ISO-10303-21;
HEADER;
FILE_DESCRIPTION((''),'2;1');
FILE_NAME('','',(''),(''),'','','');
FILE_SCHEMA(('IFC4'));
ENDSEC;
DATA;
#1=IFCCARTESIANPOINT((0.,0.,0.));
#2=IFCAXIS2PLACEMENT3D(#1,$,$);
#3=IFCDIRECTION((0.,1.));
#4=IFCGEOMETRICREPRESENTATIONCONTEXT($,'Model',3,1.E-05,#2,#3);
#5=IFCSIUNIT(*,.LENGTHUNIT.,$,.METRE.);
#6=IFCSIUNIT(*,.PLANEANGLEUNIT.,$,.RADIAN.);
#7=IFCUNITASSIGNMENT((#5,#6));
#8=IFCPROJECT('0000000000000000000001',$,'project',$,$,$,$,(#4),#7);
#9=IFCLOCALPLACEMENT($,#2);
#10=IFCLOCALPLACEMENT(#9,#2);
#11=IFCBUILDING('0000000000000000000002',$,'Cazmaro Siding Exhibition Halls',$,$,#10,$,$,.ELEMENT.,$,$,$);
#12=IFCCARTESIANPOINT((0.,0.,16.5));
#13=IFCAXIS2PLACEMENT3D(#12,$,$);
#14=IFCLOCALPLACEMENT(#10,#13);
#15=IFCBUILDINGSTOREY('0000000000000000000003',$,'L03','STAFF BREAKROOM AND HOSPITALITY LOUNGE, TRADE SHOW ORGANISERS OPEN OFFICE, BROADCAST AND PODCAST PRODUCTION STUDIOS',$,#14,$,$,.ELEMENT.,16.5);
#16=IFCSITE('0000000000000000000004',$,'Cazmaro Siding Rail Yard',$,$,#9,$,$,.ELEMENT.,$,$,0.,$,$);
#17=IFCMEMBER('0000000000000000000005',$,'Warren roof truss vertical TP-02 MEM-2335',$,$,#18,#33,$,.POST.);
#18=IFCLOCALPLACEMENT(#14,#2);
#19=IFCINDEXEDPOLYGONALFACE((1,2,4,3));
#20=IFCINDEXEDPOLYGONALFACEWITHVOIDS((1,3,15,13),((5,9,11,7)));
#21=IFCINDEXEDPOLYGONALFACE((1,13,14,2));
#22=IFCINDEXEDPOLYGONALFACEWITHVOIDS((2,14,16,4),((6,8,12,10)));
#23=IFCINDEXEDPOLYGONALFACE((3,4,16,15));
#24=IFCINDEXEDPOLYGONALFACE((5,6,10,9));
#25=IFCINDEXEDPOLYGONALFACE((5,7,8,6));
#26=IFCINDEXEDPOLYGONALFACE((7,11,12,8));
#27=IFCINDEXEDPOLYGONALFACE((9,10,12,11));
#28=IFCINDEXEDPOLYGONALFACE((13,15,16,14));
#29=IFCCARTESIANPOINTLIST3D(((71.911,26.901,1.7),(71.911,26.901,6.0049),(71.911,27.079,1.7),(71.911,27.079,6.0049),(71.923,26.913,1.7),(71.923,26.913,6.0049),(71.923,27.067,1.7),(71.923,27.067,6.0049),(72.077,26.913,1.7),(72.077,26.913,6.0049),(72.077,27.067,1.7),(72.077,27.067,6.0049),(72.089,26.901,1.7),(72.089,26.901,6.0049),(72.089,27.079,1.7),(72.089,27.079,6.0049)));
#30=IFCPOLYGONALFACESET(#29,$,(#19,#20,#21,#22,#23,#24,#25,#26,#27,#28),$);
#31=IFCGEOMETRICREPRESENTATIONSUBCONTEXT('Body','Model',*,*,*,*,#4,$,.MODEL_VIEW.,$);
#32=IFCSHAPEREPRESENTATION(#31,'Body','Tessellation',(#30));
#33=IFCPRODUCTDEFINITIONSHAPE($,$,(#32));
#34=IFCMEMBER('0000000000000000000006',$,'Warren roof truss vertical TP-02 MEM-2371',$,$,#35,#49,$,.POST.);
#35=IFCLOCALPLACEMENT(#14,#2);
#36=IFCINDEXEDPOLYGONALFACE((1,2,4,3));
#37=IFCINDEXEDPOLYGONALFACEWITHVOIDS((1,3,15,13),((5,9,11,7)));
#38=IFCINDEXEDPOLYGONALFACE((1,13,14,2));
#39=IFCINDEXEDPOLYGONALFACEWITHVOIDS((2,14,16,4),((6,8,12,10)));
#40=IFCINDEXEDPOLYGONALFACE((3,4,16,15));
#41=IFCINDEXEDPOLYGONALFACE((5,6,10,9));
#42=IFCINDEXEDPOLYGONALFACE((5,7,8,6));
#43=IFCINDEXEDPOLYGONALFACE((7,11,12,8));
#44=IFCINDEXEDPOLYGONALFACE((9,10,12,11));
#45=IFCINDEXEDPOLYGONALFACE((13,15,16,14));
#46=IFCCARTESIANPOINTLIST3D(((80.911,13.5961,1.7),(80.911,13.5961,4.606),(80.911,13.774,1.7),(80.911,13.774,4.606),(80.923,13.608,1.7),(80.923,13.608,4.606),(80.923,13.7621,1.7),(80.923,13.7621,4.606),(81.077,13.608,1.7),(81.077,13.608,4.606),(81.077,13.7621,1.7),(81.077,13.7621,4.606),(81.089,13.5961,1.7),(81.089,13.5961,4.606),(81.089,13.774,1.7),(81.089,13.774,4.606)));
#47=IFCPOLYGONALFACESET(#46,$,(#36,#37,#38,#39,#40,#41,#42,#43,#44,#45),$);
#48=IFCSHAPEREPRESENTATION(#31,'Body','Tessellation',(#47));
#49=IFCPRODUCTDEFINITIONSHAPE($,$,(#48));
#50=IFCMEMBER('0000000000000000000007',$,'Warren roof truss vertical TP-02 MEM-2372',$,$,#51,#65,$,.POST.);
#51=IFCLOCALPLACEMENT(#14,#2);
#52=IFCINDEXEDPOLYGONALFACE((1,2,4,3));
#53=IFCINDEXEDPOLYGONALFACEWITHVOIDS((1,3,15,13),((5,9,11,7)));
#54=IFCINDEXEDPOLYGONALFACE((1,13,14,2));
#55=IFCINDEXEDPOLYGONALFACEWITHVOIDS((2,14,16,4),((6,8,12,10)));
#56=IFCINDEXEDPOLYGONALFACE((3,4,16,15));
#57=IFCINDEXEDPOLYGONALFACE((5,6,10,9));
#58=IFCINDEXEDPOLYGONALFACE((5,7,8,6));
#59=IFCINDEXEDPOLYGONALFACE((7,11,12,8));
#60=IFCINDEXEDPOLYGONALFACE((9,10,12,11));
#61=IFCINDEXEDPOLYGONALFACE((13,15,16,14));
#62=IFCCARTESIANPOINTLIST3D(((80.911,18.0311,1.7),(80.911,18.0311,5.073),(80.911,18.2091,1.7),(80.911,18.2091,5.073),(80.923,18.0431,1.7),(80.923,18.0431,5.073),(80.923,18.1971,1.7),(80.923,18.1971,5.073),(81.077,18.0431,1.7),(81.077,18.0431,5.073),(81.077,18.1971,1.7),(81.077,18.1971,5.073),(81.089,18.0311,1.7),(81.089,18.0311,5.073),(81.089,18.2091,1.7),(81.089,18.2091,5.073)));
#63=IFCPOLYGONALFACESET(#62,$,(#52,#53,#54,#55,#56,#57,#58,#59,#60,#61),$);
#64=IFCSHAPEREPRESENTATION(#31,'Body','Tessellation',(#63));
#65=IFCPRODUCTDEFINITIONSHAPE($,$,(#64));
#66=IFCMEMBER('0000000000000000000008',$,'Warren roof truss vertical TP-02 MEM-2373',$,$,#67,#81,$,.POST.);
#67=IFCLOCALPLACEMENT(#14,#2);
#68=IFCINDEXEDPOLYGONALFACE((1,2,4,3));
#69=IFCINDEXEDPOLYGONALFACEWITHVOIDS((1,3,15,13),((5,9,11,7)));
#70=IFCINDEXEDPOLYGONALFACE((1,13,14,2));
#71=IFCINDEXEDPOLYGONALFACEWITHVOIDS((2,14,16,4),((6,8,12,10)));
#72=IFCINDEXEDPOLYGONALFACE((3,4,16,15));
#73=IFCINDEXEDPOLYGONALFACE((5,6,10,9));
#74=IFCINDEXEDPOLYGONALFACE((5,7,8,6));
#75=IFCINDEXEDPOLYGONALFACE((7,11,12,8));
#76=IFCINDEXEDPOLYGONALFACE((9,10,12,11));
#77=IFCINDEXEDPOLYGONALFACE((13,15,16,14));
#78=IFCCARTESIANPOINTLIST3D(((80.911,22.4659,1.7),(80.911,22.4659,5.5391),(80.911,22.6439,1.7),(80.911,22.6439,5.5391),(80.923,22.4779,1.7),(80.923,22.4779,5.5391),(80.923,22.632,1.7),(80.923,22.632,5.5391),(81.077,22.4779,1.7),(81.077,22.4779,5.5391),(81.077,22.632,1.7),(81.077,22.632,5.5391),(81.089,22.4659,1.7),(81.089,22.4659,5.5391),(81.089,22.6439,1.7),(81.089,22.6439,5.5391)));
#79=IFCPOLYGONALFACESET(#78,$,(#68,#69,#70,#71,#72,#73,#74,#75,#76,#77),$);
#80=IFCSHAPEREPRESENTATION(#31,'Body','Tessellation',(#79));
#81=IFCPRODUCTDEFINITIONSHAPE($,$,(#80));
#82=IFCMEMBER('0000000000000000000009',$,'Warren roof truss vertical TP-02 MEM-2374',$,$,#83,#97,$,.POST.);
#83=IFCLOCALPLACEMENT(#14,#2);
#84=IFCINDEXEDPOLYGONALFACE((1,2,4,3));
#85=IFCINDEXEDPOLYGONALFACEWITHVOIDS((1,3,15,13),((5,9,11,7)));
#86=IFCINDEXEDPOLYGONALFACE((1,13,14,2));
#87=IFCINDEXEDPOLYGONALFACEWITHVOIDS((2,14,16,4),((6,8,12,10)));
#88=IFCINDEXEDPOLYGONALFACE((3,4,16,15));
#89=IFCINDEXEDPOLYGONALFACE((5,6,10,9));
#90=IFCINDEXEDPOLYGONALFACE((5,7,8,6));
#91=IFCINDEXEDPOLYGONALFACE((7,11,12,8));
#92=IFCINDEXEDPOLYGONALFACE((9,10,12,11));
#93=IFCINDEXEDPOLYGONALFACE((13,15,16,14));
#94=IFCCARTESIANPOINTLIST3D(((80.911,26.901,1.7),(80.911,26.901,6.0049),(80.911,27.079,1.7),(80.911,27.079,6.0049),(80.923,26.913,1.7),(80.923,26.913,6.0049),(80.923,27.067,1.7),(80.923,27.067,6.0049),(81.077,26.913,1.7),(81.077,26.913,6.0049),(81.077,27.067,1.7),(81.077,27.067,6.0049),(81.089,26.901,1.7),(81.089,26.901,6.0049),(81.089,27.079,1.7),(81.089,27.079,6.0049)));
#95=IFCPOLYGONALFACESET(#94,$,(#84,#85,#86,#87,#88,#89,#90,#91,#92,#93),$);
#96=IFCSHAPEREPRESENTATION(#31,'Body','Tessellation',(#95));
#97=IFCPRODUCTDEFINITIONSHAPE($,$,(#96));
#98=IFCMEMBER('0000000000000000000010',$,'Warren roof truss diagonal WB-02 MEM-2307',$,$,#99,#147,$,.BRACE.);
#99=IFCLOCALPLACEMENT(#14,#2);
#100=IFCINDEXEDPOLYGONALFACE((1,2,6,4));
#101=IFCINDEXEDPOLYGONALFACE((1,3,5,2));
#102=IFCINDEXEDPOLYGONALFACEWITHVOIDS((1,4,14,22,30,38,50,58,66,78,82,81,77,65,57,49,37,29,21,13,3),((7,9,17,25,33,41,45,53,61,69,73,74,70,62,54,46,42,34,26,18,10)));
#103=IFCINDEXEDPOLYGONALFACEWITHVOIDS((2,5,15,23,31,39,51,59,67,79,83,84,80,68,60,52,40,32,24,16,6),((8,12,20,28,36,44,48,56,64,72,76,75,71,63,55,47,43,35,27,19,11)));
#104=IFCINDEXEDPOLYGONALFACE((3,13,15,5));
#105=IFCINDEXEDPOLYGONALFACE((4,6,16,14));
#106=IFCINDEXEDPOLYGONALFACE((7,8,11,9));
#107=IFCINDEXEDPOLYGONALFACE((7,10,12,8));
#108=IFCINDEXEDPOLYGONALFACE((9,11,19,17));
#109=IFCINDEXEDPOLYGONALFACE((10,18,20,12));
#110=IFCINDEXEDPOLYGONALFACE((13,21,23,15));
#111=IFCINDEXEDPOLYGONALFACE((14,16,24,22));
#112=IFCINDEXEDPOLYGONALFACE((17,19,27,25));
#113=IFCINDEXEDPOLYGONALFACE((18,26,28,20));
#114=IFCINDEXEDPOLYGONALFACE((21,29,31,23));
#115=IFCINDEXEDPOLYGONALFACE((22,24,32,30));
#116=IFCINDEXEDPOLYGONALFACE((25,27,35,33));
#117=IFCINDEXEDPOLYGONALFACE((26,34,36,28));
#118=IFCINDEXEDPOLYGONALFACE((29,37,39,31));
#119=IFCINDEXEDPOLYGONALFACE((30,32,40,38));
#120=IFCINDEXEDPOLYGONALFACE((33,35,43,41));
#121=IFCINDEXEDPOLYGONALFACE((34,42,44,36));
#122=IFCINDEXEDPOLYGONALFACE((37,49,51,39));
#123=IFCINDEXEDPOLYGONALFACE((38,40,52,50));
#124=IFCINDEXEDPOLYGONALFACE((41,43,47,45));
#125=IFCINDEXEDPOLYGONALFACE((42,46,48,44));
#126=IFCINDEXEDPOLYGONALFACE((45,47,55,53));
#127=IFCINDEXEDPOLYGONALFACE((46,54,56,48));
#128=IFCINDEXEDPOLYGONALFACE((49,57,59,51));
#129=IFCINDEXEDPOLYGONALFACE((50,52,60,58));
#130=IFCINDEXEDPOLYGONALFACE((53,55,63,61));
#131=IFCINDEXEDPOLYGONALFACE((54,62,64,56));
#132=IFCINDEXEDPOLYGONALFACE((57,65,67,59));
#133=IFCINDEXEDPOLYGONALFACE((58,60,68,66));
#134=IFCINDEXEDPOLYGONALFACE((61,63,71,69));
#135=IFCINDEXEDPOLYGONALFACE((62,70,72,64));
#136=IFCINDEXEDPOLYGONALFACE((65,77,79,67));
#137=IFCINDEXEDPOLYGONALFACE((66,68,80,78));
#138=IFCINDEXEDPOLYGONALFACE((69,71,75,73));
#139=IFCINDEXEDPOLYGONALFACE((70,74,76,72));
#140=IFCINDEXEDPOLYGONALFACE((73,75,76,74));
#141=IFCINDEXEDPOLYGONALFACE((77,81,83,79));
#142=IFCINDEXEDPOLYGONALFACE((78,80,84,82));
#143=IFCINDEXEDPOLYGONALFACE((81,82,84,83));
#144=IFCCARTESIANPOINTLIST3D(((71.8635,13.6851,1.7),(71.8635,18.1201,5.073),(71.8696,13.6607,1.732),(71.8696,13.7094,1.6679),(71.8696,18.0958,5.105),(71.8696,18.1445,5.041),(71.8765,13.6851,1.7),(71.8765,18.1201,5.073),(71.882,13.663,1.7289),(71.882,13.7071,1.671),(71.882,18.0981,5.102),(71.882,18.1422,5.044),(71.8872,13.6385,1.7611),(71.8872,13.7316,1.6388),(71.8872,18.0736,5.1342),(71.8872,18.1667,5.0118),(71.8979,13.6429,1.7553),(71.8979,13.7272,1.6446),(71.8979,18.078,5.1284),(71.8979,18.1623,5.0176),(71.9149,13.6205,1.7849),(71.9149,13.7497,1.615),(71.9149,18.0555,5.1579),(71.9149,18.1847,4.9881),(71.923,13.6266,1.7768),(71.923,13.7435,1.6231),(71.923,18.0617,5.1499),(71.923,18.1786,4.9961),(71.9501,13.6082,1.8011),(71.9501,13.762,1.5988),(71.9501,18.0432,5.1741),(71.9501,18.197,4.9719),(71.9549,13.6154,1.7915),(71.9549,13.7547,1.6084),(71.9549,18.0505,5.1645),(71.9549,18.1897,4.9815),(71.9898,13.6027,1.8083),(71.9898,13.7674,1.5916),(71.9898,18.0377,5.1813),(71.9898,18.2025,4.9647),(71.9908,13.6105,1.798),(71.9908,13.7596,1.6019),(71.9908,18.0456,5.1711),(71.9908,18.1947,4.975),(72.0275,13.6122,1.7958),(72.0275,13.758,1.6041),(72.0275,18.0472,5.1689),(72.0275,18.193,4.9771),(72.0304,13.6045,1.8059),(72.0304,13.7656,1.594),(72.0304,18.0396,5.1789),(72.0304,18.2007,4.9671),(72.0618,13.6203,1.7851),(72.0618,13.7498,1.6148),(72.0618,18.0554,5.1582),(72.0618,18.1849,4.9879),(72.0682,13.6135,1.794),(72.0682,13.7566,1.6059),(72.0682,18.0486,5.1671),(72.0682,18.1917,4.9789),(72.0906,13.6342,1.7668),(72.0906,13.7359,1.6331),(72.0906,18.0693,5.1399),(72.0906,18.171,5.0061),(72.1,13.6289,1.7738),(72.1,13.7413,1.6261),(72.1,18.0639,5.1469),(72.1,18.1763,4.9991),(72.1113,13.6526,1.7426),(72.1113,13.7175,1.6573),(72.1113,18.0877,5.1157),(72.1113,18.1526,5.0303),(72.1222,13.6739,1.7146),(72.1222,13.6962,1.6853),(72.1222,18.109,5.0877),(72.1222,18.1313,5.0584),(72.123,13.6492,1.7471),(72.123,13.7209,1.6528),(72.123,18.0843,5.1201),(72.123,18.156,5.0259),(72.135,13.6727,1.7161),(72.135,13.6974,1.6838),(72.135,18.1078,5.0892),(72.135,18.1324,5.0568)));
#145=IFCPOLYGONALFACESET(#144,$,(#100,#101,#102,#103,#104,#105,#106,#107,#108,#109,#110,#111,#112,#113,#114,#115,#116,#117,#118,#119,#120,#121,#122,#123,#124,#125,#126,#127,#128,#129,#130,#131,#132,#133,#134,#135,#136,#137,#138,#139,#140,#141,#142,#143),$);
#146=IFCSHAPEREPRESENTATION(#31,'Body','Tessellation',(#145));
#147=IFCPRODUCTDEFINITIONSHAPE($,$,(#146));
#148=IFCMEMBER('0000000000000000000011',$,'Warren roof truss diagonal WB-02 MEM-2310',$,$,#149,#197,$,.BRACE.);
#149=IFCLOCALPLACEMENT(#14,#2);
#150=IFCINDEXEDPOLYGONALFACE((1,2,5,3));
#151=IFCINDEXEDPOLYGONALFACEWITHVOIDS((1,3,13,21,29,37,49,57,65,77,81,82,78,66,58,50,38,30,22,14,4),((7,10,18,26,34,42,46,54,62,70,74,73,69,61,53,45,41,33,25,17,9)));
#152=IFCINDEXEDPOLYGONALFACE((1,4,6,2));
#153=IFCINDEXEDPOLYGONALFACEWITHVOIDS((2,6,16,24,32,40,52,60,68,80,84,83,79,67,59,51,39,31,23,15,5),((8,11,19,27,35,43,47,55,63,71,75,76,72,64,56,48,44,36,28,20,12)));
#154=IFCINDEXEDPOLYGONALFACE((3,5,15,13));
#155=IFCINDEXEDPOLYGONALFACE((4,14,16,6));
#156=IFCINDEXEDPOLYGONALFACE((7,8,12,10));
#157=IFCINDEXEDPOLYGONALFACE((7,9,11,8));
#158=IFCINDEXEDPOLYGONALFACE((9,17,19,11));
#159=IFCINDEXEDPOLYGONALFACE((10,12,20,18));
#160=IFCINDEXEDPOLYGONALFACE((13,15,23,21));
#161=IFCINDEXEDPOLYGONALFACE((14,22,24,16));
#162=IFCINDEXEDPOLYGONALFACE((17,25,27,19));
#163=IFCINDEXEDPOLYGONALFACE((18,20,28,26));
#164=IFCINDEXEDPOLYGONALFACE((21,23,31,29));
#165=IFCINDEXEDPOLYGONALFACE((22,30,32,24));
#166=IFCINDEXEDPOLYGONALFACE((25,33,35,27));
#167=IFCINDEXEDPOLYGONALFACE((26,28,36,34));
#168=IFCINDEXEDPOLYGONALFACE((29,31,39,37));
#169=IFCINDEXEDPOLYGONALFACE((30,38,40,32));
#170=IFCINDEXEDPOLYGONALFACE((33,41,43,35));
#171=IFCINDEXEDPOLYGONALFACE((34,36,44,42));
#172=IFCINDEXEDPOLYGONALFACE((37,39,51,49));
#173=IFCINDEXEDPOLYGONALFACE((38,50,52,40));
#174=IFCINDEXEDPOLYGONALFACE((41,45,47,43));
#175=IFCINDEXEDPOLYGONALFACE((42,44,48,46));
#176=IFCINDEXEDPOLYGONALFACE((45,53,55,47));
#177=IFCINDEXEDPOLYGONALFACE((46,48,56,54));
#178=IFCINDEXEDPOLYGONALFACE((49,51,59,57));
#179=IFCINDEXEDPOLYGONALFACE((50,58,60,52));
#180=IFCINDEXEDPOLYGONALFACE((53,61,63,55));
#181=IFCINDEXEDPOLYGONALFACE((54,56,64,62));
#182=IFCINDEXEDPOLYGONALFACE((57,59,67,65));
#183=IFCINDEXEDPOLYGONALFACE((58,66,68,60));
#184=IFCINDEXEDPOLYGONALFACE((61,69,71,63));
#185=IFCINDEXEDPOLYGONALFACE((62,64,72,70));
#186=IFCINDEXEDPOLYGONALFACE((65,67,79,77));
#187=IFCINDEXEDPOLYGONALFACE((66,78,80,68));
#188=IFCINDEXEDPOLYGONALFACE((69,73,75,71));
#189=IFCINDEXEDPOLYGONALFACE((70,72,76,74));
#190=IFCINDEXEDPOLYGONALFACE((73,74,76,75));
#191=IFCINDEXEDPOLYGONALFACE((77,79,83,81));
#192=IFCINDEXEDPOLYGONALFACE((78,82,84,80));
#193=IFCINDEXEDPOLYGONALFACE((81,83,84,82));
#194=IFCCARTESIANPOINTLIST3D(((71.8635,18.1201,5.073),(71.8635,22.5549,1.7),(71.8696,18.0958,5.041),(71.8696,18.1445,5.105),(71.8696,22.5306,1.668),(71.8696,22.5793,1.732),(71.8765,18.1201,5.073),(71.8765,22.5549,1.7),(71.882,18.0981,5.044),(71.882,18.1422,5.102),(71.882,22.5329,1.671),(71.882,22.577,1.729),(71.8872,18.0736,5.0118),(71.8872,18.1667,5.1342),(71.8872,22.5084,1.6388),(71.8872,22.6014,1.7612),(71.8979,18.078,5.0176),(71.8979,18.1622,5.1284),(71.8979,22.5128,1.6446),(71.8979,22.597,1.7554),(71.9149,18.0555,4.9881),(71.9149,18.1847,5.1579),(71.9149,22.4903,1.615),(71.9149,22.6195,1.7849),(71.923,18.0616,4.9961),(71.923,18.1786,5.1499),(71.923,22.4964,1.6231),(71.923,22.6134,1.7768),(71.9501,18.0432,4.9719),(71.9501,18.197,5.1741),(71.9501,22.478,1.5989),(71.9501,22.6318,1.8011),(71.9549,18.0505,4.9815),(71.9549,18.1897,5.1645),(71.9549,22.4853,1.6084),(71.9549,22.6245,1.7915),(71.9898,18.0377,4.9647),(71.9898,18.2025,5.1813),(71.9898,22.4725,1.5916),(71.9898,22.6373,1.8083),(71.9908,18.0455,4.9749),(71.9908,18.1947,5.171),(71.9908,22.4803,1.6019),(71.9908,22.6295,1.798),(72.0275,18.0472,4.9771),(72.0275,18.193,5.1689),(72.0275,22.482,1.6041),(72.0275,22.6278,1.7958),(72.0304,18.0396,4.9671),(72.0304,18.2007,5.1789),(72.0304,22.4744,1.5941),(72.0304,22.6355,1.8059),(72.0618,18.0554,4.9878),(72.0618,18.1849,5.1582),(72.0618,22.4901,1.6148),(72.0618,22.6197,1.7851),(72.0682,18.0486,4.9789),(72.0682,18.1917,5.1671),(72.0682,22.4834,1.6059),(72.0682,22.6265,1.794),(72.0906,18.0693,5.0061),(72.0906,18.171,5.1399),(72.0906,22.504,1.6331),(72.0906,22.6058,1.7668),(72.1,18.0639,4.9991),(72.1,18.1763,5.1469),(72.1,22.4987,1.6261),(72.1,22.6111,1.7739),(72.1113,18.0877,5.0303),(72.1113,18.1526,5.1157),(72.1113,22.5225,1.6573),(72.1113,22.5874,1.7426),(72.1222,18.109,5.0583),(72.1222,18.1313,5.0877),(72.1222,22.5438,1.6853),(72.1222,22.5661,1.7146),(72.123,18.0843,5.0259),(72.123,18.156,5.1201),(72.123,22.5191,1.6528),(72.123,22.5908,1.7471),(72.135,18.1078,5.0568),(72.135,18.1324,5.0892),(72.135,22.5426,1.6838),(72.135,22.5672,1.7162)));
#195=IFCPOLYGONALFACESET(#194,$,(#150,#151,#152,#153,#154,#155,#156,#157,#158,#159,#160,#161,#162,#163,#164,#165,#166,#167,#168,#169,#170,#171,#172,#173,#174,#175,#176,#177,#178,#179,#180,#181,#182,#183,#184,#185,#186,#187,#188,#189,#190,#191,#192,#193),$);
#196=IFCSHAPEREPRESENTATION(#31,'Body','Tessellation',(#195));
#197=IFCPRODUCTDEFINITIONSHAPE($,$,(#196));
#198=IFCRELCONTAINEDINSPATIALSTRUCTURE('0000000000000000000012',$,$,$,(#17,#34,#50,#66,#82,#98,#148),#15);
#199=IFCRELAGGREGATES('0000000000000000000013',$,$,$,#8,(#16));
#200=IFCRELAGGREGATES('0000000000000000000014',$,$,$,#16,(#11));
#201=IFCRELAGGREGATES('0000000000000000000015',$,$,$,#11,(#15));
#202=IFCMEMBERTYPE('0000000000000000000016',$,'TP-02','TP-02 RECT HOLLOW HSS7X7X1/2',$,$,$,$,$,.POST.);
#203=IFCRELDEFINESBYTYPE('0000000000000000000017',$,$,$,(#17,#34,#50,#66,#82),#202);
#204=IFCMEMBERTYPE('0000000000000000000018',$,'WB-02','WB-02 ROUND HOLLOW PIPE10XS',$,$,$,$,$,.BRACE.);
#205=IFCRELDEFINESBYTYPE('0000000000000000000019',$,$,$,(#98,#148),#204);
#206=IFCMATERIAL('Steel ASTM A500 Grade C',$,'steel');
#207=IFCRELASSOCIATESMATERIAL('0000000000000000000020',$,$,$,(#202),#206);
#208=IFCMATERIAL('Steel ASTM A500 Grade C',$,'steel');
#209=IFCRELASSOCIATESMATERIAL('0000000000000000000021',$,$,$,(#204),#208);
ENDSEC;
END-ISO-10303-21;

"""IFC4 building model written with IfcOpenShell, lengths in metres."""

from ifc_helpers import new_model, si_unit, direction, frame, origin, origin_2d, place, context, subcontext, project, spatial, hollow_rectangle, hollow_circle, extrude, material, material_profile, profile_set, type_object, element, save


model = new_model("IFC4")

# Units and contexts
model_context = context("Model", 3, precision=1e-05, world=origin(), true_north=direction((0.0, 1.0)))
body_context = subcontext(model_context, "Body", "Model", "MODEL_VIEW")
ifc_project = project(units=[si_unit("LENGTHUNIT", "METRE"), si_unit("PLANEANGLEUNIT", "RADIAN")], contexts=[model_context])

# Site, building, storey
site_placement = place(None, origin())
site = spatial("IfcSite", under=ifc_project, at=site_placement, Name="Cazmaro Siding Rail Yard", CompositionType="ELEMENT", RefElevation=0.0)
building_placement = place(site_placement, origin())
building = spatial("IfcBuilding", under=site, at=building_placement, Name="Cazmaro Siding Exhibition Halls", CompositionType="ELEMENT")
storey_placement = place(building_placement, frame((0.0, 0.0, 16.5)))
storey = spatial("IfcBuildingStorey", under=building, at=storey_placement, Name="L03", Description="STAFF BREAKROOM AND HOSPITALITY LOUNGE, TRADE SHOW ORGANISERS OPEN OFFICE, BROADCAST AND PODCAST PRODUCTION STUDIOS", CompositionType="ELEMENT", Elevation=16.5)

# Members
ifc_material_1 = material(Name="Steel ASTM A500 Grade C", Category="steel")
ifc_material_profile_1 = material_profile(ifc_material_1, hollow_rectangle(XDim=0.178, YDim=0.178, WallThickness=0.012, at=origin_2d()), Name="HSS7X7X1/2")
ifc_profile_set_1 = profile_set([ifc_material_profile_1], Name="Steel ASTM A500 Grade C")
member_type_1 = type_object("IfcMemberType", Name="TP-02", Description="TP-02 RECT HOLLOW HSS7X7X1/2", PredefinedType="POST", material=ifc_profile_set_1)
member_1_placement = place(storey_placement, frame((72.0, 26.99, 1.7), z_axis=(0.0, 0.0, 1.0), x_axis=(1.0, 0.0, 0.0)))
element("IfcMember", 1, at=member_1_placement, inside=storey, type_object=member_type_1, Name="Warren roof truss vertical TP-02 MEM-2335", PredefinedType="POST", context=body_context, shape_type="SweptSolid", body=[
    extrude(hollow_rectangle(XDim=0.178, YDim=0.178, WallThickness=0.012, at=origin_2d()), origin(), (0.0, 0.0, 1.0), 4.3049),
])
member_2_placement = place(storey_placement, frame((81.0, 13.6851, 1.7), z_axis=(0.0, 0.0, 1.0), x_axis=(1.0, 0.0, 0.0)))
element("IfcMember", 2, at=member_2_placement, inside=storey, type_object=member_type_1, Name="Warren roof truss vertical TP-02 MEM-2371", PredefinedType="POST", context=body_context, shape_type="SweptSolid", body=[
    extrude(hollow_rectangle(XDim=0.178, YDim=0.178, WallThickness=0.012, at=origin_2d()), origin(), (0.0, 0.0, 1.0), 2.906),
])
member_3_placement = place(storey_placement, frame((81.0, 18.1201, 1.7), z_axis=(0.0, 0.0, 1.0), x_axis=(1.0, 0.0, 0.0)))
element("IfcMember", 3, at=member_3_placement, inside=storey, type_object=member_type_1, Name="Warren roof truss vertical TP-02 MEM-2372", PredefinedType="POST", context=body_context, shape_type="SweptSolid", body=[
    extrude(hollow_rectangle(XDim=0.178, YDim=0.178, WallThickness=0.012, at=origin_2d()), origin(), (0.0, 0.0, 1.0), 3.373),
])
member_4_placement = place(storey_placement, frame((81.0, 22.5549, 1.7), z_axis=(0.0, 0.0, 1.0), x_axis=(1.0, 0.0, 0.0)))
element("IfcMember", 4, at=member_4_placement, inside=storey, type_object=member_type_1, Name="Warren roof truss vertical TP-02 MEM-2373", PredefinedType="POST", context=body_context, shape_type="SweptSolid", body=[
    extrude(hollow_rectangle(XDim=0.178, YDim=0.178, WallThickness=0.012, at=origin_2d()), origin(), (0.0, 0.0, 1.0), 3.8391),
])
member_5_placement = place(storey_placement, frame((81.0, 26.99, 1.7), z_axis=(0.0, 0.0, 1.0), x_axis=(1.0, 0.0, 0.0)))
element("IfcMember", 5, at=member_5_placement, inside=storey, type_object=member_type_1, Name="Warren roof truss vertical TP-02 MEM-2374", PredefinedType="POST", context=body_context, shape_type="SweptSolid", body=[
    extrude(hollow_rectangle(XDim=0.178, YDim=0.178, WallThickness=0.012, at=origin_2d()), origin(), (0.0, 0.0, 1.0), 4.3049),
])
ifc_material_2 = material(Name="Steel ASTM A500 Grade C", Category="steel")
ifc_material_profile_2 = material_profile(ifc_material_2, hollow_circle(Radius=0.1365, WallThickness=0.0129, at=origin_2d()), Name="PIPE10XS")
ifc_profile_set_2 = profile_set([ifc_material_profile_2], Name="Steel ASTM A500 Grade C")
member_type_2 = type_object("IfcMemberType", Name="WB-02", Description="WB-02 ROUND HOLLOW PIPE10XS", PredefinedType="BRACE", material=ifc_profile_set_2)
member_6_placement = place(storey_placement, frame((72.0, 13.6851, 1.7), z_axis=(0.0, 0.795954, 0.605357), x_axis=(-1.0, 0.0, 0.0)))
element("IfcMember", 6, at=member_6_placement, inside=storey, type_object=member_type_2, Name="Warren roof truss diagonal WB-02 MEM-2307", PredefinedType="BRACE", context=body_context, shape_type="SweptSolid", body=[
    extrude(hollow_circle(Radius=0.1365, WallThickness=0.0129, at=origin_2d()), origin(), (0.0, 0.0, 1.0), 5.572),
])
member_7_placement = place(storey_placement, frame((72.0, 18.1201, 5.073), z_axis=(0.0, 0.795938, -0.605378), x_axis=(-1.0, 0.0, 0.0)))
element("IfcMember", 7, at=member_7_placement, inside=storey, type_object=member_type_2, Name="Warren roof truss diagonal WB-02 MEM-2310", PredefinedType="BRACE", context=body_context, shape_type="SweptSolid", body=[
    extrude(hollow_circle(Radius=0.1365, WallThickness=0.0129, at=origin_2d()), origin(), (0.0, 0.0, 1.0), 5.5718),
])

save(model, "model.ifc")
